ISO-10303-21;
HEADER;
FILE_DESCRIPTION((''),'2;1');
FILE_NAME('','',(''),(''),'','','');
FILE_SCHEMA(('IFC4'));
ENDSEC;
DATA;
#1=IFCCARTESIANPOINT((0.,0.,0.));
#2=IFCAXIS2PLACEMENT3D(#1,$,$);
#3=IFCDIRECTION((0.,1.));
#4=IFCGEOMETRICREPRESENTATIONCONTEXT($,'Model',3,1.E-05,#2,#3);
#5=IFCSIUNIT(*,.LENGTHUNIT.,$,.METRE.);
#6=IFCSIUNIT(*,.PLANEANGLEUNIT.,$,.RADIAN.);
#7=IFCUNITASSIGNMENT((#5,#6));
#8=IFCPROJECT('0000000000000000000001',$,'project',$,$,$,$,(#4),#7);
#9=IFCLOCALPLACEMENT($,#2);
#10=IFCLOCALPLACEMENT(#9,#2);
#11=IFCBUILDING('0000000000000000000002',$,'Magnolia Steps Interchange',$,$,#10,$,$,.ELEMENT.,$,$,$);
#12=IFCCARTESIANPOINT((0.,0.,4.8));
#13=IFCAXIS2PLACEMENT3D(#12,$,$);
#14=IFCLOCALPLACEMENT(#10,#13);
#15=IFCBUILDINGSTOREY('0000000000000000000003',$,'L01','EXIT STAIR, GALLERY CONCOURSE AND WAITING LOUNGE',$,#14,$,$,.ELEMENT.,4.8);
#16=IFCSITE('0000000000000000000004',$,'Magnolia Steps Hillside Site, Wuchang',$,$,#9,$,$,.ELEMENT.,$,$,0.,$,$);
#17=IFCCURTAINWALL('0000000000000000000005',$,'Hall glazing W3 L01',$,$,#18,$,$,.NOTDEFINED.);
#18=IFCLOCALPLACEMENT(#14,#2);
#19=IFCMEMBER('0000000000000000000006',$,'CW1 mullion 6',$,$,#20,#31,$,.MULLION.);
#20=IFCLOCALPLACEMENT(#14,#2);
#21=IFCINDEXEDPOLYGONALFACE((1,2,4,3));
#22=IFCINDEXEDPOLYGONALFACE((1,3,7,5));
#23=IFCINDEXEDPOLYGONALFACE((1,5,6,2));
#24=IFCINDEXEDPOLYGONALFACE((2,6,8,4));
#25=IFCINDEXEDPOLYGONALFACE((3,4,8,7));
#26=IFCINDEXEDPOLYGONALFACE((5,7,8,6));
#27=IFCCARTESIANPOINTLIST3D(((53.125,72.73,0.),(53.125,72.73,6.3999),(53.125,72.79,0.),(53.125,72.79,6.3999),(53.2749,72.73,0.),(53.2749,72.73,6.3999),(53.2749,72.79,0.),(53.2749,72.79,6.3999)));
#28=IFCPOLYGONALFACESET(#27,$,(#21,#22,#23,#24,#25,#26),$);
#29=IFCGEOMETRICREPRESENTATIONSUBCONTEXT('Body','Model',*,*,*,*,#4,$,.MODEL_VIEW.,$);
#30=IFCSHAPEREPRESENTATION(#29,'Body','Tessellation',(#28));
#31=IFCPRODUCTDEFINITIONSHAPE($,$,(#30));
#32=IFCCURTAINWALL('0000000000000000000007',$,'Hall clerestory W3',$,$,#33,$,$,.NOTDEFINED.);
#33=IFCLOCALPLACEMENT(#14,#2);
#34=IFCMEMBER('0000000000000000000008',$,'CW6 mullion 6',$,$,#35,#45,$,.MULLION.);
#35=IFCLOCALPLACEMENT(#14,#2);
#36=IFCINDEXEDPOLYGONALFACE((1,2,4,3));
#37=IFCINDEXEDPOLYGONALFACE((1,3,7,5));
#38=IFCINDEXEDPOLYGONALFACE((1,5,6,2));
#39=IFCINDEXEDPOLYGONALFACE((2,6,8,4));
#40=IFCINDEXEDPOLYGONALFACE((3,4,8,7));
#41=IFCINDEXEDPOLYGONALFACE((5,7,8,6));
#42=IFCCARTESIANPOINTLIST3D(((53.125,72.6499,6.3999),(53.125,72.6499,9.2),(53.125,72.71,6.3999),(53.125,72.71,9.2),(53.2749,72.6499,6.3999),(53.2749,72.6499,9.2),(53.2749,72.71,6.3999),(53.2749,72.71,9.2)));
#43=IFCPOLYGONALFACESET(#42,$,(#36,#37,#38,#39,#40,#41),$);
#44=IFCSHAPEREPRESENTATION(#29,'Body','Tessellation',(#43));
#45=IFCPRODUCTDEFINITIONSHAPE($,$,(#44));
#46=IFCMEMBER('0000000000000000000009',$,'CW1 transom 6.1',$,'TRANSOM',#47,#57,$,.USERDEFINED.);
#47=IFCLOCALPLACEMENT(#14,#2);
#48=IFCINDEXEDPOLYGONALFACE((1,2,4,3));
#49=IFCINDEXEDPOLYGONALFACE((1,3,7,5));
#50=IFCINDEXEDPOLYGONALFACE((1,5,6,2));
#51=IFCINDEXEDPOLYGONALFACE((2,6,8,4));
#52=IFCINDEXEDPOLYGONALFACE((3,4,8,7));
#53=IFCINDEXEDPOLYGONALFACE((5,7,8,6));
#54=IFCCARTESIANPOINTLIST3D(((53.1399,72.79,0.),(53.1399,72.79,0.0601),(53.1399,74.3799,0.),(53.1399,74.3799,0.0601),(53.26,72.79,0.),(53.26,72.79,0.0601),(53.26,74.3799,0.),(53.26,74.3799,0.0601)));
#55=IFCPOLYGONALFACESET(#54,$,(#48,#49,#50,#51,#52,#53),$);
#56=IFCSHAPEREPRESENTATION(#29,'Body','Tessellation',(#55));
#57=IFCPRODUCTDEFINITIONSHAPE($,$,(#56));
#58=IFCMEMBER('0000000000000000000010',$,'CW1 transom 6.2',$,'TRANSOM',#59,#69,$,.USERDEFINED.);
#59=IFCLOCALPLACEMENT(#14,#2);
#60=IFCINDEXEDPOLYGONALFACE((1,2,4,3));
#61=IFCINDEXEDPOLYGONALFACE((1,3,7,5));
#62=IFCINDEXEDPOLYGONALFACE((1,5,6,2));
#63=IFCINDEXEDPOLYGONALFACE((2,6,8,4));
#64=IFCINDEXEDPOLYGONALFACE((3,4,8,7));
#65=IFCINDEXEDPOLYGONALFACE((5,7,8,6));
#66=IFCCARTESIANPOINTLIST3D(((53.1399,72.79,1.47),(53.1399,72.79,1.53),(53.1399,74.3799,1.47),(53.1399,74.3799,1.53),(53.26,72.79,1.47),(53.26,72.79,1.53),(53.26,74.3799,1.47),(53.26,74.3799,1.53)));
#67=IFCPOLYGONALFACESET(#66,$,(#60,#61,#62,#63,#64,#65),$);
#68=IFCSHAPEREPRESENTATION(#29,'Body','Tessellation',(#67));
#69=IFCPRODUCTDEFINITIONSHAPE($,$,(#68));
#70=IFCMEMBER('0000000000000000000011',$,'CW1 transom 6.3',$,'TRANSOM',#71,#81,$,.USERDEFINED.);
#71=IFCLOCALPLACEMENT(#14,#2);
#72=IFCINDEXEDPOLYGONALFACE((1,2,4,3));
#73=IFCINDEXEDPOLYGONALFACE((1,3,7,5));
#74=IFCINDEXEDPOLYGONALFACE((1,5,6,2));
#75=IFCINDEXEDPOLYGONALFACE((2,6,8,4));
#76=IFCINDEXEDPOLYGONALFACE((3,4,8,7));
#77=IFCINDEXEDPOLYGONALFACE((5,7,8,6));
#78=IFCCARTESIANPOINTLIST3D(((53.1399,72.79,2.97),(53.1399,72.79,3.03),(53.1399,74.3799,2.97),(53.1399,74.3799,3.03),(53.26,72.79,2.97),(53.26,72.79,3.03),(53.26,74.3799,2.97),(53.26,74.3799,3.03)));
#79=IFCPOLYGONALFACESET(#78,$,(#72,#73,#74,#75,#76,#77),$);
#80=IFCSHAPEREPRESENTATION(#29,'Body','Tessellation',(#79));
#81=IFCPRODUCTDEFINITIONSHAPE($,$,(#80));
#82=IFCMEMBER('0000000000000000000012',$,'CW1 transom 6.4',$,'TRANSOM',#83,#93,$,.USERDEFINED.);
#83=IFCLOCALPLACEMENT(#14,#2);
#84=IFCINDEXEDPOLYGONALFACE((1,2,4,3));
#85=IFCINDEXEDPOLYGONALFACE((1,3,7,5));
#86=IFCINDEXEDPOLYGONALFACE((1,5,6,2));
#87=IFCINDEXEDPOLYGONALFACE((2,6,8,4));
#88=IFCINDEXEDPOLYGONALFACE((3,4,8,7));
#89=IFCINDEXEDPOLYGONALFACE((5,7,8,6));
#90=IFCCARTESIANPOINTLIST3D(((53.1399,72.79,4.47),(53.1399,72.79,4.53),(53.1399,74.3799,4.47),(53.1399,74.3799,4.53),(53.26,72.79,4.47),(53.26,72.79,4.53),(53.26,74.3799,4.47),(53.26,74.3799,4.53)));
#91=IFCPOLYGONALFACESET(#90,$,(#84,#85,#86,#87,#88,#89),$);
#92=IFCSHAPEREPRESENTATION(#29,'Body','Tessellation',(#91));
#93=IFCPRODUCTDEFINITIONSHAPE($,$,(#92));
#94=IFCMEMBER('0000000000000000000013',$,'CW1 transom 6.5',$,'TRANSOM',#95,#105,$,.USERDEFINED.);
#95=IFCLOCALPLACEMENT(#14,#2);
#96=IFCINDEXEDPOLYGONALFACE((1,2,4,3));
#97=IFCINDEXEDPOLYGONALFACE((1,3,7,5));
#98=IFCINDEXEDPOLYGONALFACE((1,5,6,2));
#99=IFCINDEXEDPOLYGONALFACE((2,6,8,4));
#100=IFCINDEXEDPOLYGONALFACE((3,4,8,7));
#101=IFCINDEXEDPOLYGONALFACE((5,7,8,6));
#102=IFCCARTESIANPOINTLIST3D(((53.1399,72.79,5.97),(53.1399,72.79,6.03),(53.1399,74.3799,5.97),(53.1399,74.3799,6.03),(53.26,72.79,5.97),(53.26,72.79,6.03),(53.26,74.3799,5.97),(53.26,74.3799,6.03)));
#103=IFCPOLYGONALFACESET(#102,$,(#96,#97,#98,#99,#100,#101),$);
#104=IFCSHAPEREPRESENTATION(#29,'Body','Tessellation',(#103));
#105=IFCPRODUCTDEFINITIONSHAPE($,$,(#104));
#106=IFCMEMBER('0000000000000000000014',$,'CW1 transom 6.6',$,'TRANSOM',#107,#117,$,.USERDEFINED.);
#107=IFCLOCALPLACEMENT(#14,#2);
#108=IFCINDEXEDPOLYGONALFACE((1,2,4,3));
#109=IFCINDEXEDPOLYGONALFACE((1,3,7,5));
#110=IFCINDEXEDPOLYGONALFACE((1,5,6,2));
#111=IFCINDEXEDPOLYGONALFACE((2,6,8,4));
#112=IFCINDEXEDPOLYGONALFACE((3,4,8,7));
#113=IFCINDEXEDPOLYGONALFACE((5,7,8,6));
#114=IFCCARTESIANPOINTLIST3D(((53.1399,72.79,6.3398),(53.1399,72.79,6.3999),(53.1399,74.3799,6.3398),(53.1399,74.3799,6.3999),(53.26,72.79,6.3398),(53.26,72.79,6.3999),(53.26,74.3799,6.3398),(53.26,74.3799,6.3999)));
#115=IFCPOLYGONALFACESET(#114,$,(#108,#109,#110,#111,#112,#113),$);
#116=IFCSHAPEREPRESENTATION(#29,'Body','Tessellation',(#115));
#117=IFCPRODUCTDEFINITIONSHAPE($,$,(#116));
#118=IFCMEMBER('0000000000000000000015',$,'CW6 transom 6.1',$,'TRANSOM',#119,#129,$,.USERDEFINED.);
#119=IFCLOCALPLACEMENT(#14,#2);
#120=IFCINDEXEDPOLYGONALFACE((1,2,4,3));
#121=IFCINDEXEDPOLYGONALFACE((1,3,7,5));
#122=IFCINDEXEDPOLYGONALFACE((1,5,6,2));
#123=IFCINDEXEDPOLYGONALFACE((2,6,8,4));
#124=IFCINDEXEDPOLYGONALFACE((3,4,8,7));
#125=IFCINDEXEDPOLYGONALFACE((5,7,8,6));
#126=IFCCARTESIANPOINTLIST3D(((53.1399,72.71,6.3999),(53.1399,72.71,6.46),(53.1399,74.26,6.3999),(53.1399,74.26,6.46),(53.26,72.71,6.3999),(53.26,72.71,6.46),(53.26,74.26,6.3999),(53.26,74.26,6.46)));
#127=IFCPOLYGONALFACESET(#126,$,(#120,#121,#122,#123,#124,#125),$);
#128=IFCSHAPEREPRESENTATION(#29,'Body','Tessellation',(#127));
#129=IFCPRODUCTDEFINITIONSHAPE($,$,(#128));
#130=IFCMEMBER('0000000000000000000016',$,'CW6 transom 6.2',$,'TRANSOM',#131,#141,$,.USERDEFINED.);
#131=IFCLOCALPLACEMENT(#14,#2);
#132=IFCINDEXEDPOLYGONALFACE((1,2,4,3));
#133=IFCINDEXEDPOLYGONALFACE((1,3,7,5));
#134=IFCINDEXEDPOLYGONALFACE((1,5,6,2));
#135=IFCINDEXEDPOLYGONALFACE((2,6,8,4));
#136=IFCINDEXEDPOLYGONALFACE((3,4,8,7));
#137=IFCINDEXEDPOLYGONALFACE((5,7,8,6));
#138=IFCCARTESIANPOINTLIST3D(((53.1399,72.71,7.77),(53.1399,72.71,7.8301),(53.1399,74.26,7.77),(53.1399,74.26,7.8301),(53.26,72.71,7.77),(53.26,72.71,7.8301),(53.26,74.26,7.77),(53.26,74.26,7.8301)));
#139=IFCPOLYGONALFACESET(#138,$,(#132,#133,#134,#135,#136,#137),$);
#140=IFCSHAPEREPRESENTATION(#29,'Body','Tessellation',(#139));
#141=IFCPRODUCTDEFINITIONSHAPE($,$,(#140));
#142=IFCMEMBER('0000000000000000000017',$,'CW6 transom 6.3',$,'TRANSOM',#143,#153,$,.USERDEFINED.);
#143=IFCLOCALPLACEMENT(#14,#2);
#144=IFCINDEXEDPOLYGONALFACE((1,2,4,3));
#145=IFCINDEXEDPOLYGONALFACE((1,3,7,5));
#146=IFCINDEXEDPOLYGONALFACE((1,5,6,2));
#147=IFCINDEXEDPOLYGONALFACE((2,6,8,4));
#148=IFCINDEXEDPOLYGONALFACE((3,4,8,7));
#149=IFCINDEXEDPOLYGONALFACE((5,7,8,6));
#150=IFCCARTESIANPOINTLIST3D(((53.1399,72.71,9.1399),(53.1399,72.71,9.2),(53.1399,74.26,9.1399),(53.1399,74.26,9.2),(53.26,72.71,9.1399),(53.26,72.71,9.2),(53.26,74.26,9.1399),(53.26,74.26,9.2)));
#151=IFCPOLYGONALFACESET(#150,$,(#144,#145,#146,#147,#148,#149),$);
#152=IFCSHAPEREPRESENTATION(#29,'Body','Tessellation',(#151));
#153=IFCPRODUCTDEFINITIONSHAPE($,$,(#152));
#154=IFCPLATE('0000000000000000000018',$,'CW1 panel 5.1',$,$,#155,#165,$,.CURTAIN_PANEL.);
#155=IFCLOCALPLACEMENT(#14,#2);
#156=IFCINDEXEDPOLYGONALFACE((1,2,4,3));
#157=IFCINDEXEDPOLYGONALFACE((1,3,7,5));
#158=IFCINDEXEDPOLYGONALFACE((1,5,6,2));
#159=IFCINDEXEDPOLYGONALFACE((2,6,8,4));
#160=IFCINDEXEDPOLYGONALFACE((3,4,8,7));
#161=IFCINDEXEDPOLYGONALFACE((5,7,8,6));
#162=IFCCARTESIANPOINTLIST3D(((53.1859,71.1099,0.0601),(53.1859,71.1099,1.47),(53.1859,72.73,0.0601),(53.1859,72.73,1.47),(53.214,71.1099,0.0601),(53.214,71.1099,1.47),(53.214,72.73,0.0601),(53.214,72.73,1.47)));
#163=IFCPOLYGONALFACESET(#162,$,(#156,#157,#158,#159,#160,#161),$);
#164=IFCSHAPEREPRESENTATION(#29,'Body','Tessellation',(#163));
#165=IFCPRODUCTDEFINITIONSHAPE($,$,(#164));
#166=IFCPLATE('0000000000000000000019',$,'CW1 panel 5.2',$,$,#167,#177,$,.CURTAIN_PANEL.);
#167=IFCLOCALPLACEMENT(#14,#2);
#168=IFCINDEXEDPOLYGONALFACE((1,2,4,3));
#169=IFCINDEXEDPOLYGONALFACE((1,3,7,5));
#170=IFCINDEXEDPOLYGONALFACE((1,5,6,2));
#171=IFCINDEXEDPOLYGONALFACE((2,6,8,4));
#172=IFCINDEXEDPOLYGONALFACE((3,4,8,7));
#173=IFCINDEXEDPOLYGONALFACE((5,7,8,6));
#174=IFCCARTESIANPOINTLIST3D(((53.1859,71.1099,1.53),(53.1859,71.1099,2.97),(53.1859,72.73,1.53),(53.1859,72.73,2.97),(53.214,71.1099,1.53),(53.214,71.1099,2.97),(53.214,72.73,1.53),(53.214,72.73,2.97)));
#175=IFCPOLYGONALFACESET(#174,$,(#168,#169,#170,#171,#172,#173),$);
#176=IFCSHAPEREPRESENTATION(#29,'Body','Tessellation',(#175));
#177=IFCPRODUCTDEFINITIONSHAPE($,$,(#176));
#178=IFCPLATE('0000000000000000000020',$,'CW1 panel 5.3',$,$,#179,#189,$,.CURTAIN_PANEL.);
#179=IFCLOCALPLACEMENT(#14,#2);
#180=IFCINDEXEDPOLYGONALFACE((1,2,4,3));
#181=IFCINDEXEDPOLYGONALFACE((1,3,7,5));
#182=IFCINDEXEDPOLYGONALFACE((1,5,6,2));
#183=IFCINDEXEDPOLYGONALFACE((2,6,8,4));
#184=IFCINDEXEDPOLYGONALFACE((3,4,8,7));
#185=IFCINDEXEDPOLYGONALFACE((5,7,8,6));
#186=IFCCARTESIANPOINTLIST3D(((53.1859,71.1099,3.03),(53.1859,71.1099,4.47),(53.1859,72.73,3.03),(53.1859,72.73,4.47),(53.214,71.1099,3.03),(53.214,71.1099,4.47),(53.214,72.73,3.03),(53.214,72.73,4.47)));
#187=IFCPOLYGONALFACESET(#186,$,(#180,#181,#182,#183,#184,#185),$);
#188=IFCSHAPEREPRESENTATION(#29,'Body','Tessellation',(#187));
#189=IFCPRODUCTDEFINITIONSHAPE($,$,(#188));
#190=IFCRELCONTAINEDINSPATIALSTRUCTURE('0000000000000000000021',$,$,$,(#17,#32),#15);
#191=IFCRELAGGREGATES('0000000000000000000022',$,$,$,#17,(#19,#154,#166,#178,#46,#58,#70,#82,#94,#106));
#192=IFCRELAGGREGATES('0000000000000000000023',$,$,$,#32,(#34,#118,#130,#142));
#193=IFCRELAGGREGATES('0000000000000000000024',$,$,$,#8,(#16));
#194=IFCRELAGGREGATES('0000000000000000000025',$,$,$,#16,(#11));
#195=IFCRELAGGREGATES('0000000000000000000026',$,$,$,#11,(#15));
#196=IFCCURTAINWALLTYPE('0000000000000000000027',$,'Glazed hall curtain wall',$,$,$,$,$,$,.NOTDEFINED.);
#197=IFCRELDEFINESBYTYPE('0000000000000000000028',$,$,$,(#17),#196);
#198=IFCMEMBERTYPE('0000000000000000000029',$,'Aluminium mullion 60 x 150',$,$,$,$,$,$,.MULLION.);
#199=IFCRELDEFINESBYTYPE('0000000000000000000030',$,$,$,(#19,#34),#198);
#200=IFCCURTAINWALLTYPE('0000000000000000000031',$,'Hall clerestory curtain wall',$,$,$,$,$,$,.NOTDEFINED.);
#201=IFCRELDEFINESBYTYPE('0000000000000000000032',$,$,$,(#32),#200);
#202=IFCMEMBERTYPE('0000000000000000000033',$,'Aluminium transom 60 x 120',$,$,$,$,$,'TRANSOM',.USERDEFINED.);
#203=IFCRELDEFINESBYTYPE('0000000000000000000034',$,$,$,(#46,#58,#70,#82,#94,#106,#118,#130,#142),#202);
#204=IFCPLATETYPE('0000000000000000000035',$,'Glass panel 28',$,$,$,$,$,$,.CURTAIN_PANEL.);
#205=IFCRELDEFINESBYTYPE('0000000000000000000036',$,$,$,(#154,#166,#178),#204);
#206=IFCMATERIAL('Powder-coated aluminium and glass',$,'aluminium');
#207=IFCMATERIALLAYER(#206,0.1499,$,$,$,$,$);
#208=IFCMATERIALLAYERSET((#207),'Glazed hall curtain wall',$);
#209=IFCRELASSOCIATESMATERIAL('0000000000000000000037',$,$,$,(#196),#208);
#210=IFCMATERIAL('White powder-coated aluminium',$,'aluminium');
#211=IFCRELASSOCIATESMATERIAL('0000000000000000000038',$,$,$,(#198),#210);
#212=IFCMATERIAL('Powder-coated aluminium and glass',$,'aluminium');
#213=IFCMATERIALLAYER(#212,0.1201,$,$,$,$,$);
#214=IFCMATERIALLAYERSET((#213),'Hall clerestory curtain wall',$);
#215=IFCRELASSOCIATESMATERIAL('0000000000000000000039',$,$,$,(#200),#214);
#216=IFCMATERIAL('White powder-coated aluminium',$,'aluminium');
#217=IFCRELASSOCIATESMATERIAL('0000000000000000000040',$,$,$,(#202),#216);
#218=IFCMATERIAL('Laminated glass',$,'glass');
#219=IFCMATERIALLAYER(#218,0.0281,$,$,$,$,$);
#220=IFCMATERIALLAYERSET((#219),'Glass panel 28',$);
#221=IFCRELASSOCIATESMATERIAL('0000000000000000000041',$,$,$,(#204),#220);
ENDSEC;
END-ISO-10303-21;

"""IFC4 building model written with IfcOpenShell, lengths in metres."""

from ifc_helpers import new_model, si_unit, direction, frame, origin, origin_2d, place, context, subcontext, project, spatial, rectangle, extrude, material, layer, layer_set, material_profile, profile_set, type_object, element, aggregate, save


model = new_model("IFC4")

# Units and contexts
model_context = context("Model", 3, precision=1e-05, world=origin(), true_north=direction((0.0, 1.0)))
body_context = subcontext(model_context, "Body", "Model", "MODEL_VIEW")
ifc_project = project(units=[si_unit("LENGTHUNIT", "METRE"), si_unit("PLANEANGLEUNIT", "RADIAN")], contexts=[model_context])

# Site, building, storey
site_placement = place(None, origin())
site = spatial("IfcSite", under=ifc_project, at=site_placement, Name="Magnolia Steps Hillside Site, Wuchang", CompositionType="ELEMENT", RefElevation=0.0)
building_placement = place(site_placement, origin())
building = spatial("IfcBuilding", under=site, at=building_placement, Name="Magnolia Steps Interchange", CompositionType="ELEMENT")
storey_placement = place(building_placement, frame((0.0, 0.0, 4.8)))
storey = spatial("IfcBuildingStorey", under=building, at=storey_placement, Name="L01", Description="EXIT STAIR, GALLERY CONCOURSE AND WAITING LOUNGE", CompositionType="ELEMENT", Elevation=4.8)

# Curtain walls, members
ifc_material_1 = material(Name="Powder-coated aluminium and glass", Category="aluminium")
ifc_layer_1 = layer(ifc_material_1, 0.1499)
ifc_layer_set_1 = layer_set([ifc_layer_1], Name="Glazed hall curtain wall")
curtain_wall_type_1 = type_object("IfcCurtainWallType", Name="Glazed hall curtain wall", PredefinedType="NOTDEFINED", material=ifc_layer_set_1)
curtain_wall_1_placement = place(storey_placement, origin())
curtain_wall_1 = element("IfcCurtainWall", 1, at=curtain_wall_1_placement, inside=storey, type_object=curtain_wall_type_1, Name="Hall glazing W3 L01", PredefinedType="NOTDEFINED")
ifc_material_2 = material(Name="White powder-coated aluminium", Category="aluminium")
ifc_material_profile_1 = material_profile(ifc_material_2, rectangle(XDim=0.0601, YDim=0.1499, at=origin_2d()), Name="Aluminium mullion 60 x 150")
ifc_profile_set_1 = profile_set([ifc_material_profile_1], Name="White powder-coated aluminium")
member_type_1 = type_object("IfcMemberType", Name="Aluminium mullion 60 x 150", PredefinedType="MULLION", material=ifc_profile_set_1)
member_1_placement = place(storey_placement, frame((53.2, 72.76, 0.0), z_axis=(0.0, 0.0, 1.0), x_axis=(0.0, 1.0, 0.0)))
member_1 = element("IfcMember", 2, at=member_1_placement, type_object=member_type_1, Name="CW1 mullion 6", PredefinedType="MULLION", context=body_context, shape_type="SweptSolid", body=[
    extrude(rectangle(XDim=0.0601, YDim=0.1499, at=origin_2d()), origin(), (0.0, 0.0, 1.0), 6.3999),
])
ifc_material_3 = material(Name="Powder-coated aluminium and glass", Category="aluminium")
ifc_layer_2 = layer(ifc_material_3, 0.1201)
ifc_layer_set_2 = layer_set([ifc_layer_2], Name="Hall clerestory curtain wall")
curtain_wall_type_2 = type_object("IfcCurtainWallType", Name="Hall clerestory curtain wall", PredefinedType="NOTDEFINED", material=ifc_layer_set_2)
curtain_wall_2_placement = place(storey_placement, origin())
curtain_wall_2 = element("IfcCurtainWall", 3, at=curtain_wall_2_placement, inside=storey, type_object=curtain_wall_type_2, Name="Hall clerestory W3", PredefinedType="NOTDEFINED")
member_2_placement = place(storey_placement, frame((53.2, 72.6799, 6.3999), z_axis=(0.0, 0.0, 1.0), x_axis=(0.0, 1.0, 0.0)))
member_2 = element("IfcMember", 4, at=member_2_placement, type_object=member_type_1, Name="CW6 mullion 6", PredefinedType="MULLION", context=body_context, shape_type="SweptSolid", body=[
    extrude(rectangle(XDim=0.0601, YDim=0.1499, at=origin_2d()), origin(), (0.0, 0.0, 1.0), 2.8),
])

# Members
ifc_material_4 = material(Name="White powder-coated aluminium", Category="aluminium")
ifc_material_profile_2 = material_profile(ifc_material_4, rectangle(XDim=0.0601, YDim=0.1201, at=origin_2d()), Name="Aluminium transom 60 x 120")
ifc_profile_set_2 = profile_set([ifc_material_profile_2], Name="White powder-coated aluminium")
member_type_2 = type_object("IfcMemberType", Name="Aluminium transom 60 x 120", ElementType="TRANSOM", PredefinedType="USERDEFINED", material=ifc_profile_set_2)
member_3_placement = place(storey_placement, frame((53.2, 72.79, 0.03), z_axis=(0.0, 1.0, 0.0), x_axis=(0.0, 0.0, 1.0)))
member_3 = element("IfcMember", 5, at=member_3_placement, type_object=member_type_2, Name="CW1 transom 6.1", ObjectType="TRANSOM", PredefinedType="USERDEFINED", context=body_context, shape_type="SweptSolid", body=[
    extrude(rectangle(XDim=0.0601, YDim=0.1201, at=origin_2d()), origin(), (0.0, 0.0, 1.0), 1.5898),
])
member_4_placement = place(storey_placement, frame((53.2, 72.79, 1.5), z_axis=(0.0, 1.0, 0.0), x_axis=(0.0, 0.0, 1.0)))
member_4 = element("IfcMember", 6, at=member_4_placement, type_object=member_type_2, Name="CW1 transom 6.2", ObjectType="TRANSOM", PredefinedType="USERDEFINED", context=body_context, shape_type="SweptSolid", body=[
    extrude(rectangle(XDim=0.0601, YDim=0.1201, at=origin_2d()), origin(), (0.0, 0.0, 1.0), 1.5898),
])
member_5_placement = place(storey_placement, frame((53.2, 72.79, 3.0), z_axis=(0.0, 1.0, 0.0), x_axis=(0.0, 0.0, 1.0)))
member_5 = element("IfcMember", 7, at=member_5_placement, type_object=member_type_2, Name="CW1 transom 6.3", ObjectType="TRANSOM", PredefinedType="USERDEFINED", context=body_context, shape_type="SweptSolid", body=[
    extrude(rectangle(XDim=0.0601, YDim=0.1201, at=origin_2d()), origin(), (0.0, 0.0, 1.0), 1.5898),
])
member_6_placement = place(storey_placement, frame((53.2, 72.79, 4.5), z_axis=(0.0, 1.0, 0.0), x_axis=(0.0, 0.0, 1.0)))
member_6 = element("IfcMember", 8, at=member_6_placement, type_object=member_type_2, Name="CW1 transom 6.4", ObjectType="TRANSOM", PredefinedType="USERDEFINED", context=body_context, shape_type="SweptSolid", body=[
    extrude(rectangle(XDim=0.0601, YDim=0.1201, at=origin_2d()), origin(), (0.0, 0.0, 1.0), 1.5898),
])
member_7_placement = place(storey_placement, frame((53.2, 72.79, 6.0), z_axis=(0.0, 1.0, 0.0), x_axis=(0.0, 0.0, 1.0)))
member_7 = element("IfcMember", 9, at=member_7_placement, type_object=member_type_2, Name="CW1 transom 6.5", ObjectType="TRANSOM", PredefinedType="USERDEFINED", context=body_context, shape_type="SweptSolid", body=[
    extrude(rectangle(XDim=0.0601, YDim=0.1201, at=origin_2d()), origin(), (0.0, 0.0, 1.0), 1.5898),
])
member_8_placement = place(storey_placement, frame((53.2, 72.79, 6.3699), z_axis=(0.0, 1.0, 0.0), x_axis=(0.0, 0.0, 1.0)))
member_8 = element("IfcMember", 10, at=member_8_placement, type_object=member_type_2, Name="CW1 transom 6.6", ObjectType="TRANSOM", PredefinedType="USERDEFINED", context=body_context, shape_type="SweptSolid", body=[
    extrude(rectangle(XDim=0.0601, YDim=0.1201, at=origin_2d()), origin(), (0.0, 0.0, 1.0), 1.5898),
])
member_9_placement = place(storey_placement, frame((53.2, 72.71, 6.4299), z_axis=(0.0, 1.0, 0.0), x_axis=(0.0, 0.0, 1.0)))
member_9 = element("IfcMember", 11, at=member_9_placement, type_object=member_type_2, Name="CW6 transom 6.1", ObjectType="TRANSOM", PredefinedType="USERDEFINED", context=body_context, shape_type="SweptSolid", body=[
    extrude(rectangle(XDim=0.0601, YDim=0.1201, at=origin_2d()), origin(), (0.0, 0.0, 1.0), 1.55),
])
member_10_placement = place(storey_placement, frame((53.2, 72.71, 7.8), z_axis=(0.0, 1.0, 0.0), x_axis=(0.0, 0.0, 1.0)))
member_10 = element("IfcMember", 12, at=member_10_placement, type_object=member_type_2, Name="CW6 transom 6.2", ObjectType="TRANSOM", PredefinedType="USERDEFINED", context=body_context, shape_type="SweptSolid", body=[
    extrude(rectangle(XDim=0.0601, YDim=0.1201, at=origin_2d()), origin(), (0.0, 0.0, 1.0), 1.55),
])
member_11_placement = place(storey_placement, frame((53.2, 72.71, 9.1699), z_axis=(0.0, 1.0, 0.0), x_axis=(0.0, 0.0, 1.0)))
member_11 = element("IfcMember", 13, at=member_11_placement, type_object=member_type_2, Name="CW6 transom 6.3", ObjectType="TRANSOM", PredefinedType="USERDEFINED", context=body_context, shape_type="SweptSolid", body=[
    extrude(rectangle(XDim=0.0601, YDim=0.1201, at=origin_2d()), origin(), (0.0, 0.0, 1.0), 1.55),
])

# Plates
ifc_material_5 = material(Name="Laminated glass", Category="glass")
ifc_layer_3 = layer(ifc_material_5, 0.0281)
ifc_layer_set_3 = layer_set([ifc_layer_3], Name="Glass panel 28")
plate_type = type_object("IfcPlateType", Name="Glass panel 28", PredefinedType="CURTAIN_PANEL", material=ifc_layer_set_3)
plate_1_placement = place(storey_placement, frame((53.2, 71.9199, 0.0601), z_axis=(0.0, 0.0, 1.0), x_axis=(0.0, 1.0, 0.0)))
plate_1 = element("IfcPlate", 14, at=plate_1_placement, type_object=plate_type, Name="CW1 panel 5.1", PredefinedType="CURTAIN_PANEL", context=body_context, shape_type="SweptSolid", body=[
    extrude(rectangle(XDim=1.6201, YDim=0.0281, at=origin_2d()), origin(), (0.0, 0.0, 1.0), 1.4099),
])
plate_2_placement = place(storey_placement, frame((53.2, 71.9199, 1.53), z_axis=(0.0, 0.0, 1.0), x_axis=(0.0, 1.0, 0.0)))
plate_2 = element("IfcPlate", 15, at=plate_2_placement, type_object=plate_type, Name="CW1 panel 5.2", PredefinedType="CURTAIN_PANEL", context=body_context, shape_type="SweptSolid", body=[
    extrude(rectangle(XDim=1.6201, YDim=0.0281, at=origin_2d()), origin(), (0.0, 0.0, 1.0), 1.4399),
])
plate_3_placement = place(storey_placement, frame((53.2, 71.9199, 3.03), z_axis=(0.0, 0.0, 1.0), x_axis=(0.0, 1.0, 0.0)))
plate_3 = element("IfcPlate", 16, at=plate_3_placement, type_object=plate_type, Name="CW1 panel 5.3", PredefinedType="CURTAIN_PANEL", context=body_context, shape_type="SweptSolid", body=[
    extrude(rectangle(XDim=1.6201, YDim=0.0281, at=origin_2d()), origin(), (0.0, 0.0, 1.0), 1.4399),
])
aggregate(curtain_wall_1, [member_1, plate_1, plate_2, plate_3, member_3, member_4, member_5, member_6, member_7, member_8])
aggregate(curtain_wall_2, [member_2, member_9, member_10, member_11])

save(model, "model.ifc")
